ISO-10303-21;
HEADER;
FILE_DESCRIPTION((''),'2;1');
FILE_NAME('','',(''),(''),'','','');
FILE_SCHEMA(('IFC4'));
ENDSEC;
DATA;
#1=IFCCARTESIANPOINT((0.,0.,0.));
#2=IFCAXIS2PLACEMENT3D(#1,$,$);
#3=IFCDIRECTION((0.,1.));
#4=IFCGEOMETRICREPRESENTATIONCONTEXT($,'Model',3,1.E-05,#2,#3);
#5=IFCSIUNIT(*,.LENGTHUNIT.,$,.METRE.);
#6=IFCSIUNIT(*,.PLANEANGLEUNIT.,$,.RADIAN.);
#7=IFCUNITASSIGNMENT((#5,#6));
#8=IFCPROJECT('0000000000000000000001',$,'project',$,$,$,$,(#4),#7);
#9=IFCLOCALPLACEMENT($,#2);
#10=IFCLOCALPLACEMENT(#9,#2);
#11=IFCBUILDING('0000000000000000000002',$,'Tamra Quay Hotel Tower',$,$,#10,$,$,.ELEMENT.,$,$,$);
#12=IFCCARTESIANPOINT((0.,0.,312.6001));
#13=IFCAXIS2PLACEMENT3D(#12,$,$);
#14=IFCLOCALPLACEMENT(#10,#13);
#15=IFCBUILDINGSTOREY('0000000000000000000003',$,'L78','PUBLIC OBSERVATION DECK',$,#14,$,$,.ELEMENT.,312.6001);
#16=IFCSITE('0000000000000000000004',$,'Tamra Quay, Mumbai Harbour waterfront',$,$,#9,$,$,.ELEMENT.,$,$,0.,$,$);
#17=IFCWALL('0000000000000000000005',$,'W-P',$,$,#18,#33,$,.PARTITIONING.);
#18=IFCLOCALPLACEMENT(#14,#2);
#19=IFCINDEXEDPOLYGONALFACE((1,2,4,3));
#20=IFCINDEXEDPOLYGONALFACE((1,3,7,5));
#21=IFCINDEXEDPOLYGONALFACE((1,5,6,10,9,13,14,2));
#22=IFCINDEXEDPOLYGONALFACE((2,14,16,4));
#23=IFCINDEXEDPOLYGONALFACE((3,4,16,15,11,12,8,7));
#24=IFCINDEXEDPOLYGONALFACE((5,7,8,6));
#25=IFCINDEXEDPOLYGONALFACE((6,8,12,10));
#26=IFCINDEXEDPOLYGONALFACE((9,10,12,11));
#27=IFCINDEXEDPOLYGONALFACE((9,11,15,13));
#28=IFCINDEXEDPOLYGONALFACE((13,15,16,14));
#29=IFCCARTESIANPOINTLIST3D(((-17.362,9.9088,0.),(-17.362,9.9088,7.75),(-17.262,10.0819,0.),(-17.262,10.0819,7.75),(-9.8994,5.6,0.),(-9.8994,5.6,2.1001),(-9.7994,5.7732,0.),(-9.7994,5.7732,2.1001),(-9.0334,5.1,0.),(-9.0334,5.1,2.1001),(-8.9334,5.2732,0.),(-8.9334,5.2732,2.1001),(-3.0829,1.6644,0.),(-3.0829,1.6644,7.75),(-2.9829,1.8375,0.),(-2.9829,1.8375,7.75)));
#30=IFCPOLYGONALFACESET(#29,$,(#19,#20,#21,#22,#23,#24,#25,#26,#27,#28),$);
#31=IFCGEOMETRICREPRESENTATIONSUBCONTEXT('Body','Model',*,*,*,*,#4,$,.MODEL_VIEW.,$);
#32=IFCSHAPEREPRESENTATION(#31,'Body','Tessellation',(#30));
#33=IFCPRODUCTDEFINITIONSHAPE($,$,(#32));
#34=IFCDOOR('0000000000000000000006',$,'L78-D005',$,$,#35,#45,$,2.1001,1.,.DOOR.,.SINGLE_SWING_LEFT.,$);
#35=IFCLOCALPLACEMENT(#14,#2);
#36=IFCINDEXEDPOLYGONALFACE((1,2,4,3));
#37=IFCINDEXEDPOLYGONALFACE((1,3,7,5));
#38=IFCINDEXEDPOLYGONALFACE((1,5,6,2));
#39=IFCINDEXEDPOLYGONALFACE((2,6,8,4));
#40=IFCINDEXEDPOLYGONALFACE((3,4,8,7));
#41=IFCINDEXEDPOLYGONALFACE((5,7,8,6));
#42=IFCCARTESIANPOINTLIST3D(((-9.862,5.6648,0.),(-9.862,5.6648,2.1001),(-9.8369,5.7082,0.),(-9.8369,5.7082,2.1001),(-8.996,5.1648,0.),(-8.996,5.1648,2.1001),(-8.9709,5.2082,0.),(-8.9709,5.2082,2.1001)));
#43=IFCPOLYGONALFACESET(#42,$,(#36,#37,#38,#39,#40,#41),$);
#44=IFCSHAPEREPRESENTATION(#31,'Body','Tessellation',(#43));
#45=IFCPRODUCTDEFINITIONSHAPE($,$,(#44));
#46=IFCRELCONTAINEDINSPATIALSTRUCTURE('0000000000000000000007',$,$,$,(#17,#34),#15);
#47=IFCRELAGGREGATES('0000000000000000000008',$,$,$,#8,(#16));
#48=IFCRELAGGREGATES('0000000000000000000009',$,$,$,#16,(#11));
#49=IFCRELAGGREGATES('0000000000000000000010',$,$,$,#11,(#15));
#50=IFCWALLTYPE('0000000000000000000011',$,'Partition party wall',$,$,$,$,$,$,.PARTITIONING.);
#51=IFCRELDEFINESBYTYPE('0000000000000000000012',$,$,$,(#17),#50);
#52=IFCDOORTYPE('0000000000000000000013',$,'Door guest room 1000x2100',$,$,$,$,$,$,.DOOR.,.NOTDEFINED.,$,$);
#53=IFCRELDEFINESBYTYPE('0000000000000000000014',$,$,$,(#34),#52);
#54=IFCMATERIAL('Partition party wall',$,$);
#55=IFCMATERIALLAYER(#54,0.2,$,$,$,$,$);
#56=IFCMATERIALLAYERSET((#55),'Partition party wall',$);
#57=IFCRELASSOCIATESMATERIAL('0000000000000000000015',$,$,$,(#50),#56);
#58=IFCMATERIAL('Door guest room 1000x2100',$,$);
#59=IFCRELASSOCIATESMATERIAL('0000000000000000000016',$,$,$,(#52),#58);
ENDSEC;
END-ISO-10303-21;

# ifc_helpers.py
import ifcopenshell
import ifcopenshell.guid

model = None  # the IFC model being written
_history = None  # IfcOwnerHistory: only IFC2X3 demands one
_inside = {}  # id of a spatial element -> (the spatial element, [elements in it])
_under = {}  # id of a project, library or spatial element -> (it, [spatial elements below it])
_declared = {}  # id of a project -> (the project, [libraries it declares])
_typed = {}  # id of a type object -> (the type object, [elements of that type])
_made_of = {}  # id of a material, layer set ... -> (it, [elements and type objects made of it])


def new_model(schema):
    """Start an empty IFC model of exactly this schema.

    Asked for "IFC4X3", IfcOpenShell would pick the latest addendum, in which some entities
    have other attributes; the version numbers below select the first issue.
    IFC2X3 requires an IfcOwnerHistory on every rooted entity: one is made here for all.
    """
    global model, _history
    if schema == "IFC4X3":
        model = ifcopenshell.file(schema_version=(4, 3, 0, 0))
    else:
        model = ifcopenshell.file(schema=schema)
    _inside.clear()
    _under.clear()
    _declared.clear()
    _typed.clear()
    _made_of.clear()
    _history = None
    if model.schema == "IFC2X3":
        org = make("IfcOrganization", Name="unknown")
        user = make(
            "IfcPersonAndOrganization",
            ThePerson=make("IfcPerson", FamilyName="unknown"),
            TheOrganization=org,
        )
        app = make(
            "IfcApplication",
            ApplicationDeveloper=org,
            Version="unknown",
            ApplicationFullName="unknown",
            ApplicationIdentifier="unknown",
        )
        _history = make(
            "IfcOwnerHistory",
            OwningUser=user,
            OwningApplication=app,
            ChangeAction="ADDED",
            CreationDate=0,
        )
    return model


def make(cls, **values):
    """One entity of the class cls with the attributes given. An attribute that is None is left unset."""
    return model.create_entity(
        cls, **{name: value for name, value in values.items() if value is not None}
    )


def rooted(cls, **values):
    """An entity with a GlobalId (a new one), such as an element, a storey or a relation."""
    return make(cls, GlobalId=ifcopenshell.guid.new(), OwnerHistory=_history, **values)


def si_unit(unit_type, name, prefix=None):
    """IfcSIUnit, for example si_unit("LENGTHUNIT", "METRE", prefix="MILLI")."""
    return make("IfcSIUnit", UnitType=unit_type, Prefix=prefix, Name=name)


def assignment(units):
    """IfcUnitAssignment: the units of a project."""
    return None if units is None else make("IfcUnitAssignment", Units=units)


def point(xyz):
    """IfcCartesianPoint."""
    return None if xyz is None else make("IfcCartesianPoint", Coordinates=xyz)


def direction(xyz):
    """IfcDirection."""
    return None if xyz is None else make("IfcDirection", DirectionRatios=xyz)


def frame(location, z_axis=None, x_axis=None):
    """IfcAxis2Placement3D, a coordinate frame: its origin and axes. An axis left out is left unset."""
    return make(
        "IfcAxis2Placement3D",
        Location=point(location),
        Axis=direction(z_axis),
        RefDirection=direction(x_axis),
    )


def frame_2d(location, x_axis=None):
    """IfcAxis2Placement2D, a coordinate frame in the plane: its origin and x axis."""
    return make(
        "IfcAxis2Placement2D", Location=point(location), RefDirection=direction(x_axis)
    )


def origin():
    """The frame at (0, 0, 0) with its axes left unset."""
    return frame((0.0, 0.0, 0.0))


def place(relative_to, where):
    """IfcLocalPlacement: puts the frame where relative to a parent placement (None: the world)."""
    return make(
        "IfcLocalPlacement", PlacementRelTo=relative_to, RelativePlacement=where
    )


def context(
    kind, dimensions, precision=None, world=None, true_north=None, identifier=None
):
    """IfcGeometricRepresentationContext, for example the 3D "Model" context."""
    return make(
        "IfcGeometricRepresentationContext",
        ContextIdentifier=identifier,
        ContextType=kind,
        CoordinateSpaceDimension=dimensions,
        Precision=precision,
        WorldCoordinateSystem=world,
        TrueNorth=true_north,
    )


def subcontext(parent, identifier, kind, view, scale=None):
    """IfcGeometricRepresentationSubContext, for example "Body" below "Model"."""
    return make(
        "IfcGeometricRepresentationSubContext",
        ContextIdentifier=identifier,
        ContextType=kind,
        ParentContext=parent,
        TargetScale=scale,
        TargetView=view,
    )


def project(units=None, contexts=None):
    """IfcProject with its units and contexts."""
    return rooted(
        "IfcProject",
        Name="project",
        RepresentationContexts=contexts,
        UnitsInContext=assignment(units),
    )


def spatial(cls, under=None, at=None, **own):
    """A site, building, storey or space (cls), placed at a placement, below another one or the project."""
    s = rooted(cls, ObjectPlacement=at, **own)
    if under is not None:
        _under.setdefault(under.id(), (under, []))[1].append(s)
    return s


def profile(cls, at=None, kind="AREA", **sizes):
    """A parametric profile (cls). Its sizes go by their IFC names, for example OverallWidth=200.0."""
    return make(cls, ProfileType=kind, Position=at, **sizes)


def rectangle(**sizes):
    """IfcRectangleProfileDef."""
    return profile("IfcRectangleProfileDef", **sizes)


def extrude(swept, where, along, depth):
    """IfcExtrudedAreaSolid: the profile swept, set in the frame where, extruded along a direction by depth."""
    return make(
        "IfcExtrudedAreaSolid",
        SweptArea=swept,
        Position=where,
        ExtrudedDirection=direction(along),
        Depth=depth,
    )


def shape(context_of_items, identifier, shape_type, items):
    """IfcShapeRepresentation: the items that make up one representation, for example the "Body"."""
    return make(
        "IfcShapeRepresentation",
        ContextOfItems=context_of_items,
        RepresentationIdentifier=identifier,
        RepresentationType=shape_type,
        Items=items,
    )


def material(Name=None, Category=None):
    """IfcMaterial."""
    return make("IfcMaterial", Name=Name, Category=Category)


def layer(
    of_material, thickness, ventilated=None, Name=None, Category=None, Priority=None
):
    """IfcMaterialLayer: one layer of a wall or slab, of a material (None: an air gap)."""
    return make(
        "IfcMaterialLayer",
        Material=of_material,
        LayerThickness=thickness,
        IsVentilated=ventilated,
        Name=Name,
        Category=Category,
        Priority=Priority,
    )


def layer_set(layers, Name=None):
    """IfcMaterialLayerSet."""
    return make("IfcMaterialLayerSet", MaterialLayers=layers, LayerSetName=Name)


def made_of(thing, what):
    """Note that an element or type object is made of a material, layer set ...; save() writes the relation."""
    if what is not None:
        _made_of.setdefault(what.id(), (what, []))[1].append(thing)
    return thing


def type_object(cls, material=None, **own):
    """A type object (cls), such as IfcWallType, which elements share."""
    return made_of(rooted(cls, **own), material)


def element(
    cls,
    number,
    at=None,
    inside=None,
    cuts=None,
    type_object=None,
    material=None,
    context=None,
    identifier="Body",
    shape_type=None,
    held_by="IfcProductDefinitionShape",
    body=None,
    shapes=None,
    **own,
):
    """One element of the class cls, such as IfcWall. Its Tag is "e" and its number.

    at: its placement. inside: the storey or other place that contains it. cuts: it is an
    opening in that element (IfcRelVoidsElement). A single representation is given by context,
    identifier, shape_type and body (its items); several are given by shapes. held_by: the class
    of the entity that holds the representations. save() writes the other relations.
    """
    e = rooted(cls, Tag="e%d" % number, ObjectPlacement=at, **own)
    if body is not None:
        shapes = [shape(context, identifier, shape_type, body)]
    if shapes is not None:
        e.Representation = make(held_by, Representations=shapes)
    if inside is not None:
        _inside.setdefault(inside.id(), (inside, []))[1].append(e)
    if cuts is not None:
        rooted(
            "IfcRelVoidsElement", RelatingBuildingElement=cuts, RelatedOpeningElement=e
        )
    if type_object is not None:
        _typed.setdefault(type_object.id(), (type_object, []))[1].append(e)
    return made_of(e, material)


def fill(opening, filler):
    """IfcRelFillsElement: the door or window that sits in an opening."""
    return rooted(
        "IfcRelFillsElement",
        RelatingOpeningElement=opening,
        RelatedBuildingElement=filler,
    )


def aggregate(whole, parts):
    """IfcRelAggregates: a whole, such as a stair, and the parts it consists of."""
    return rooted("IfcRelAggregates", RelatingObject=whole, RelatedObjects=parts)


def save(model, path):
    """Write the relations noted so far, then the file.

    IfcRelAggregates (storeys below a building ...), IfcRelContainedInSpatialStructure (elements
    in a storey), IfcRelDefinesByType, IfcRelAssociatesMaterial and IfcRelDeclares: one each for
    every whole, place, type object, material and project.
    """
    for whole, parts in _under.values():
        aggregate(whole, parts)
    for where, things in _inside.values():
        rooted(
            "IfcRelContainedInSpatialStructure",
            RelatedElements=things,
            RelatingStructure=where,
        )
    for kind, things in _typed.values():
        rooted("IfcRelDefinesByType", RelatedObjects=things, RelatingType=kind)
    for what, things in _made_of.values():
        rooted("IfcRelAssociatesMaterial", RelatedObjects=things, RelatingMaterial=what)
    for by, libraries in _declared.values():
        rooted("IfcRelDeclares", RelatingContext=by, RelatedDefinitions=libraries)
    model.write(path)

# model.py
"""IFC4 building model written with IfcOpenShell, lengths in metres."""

from ifc_helpers import new_model, si_unit, direction, frame, frame_2d, origin, place, context, subcontext, project, spatial, rectangle, extrude, material, layer, layer_set, type_object, element, fill, save


model = new_model("IFC4")

# Units and contexts
model_context = context("Model", 3, precision=1e-05, world=origin(), true_north=direction((0.0, 1.0)))
body_context = subcontext(model_context, "Body", "Model", "MODEL_VIEW")
ifc_project = project(units=[si_unit("LENGTHUNIT", "METRE"), si_unit("PLANEANGLEUNIT", "RADIAN")], contexts=[model_context])

# Site, building, storey
site_placement = place(None, origin())
site = spatial("IfcSite", under=ifc_project, at=site_placement, Name="Tamra Quay, Mumbai Harbour waterfront", CompositionType="ELEMENT", RefElevation=0.0)
building_placement = place(site_placement, origin())
building = spatial("IfcBuilding", under=site, at=building_placement, Name="Tamra Quay Hotel Tower", CompositionType="ELEMENT")
storey_placement = place(building_placement, frame((0.0, 0.0, 312.6001)))
storey = spatial("IfcBuildingStorey", under=building, at=storey_placement, Name="L78", Description="PUBLIC OBSERVATION DECK", CompositionType="ELEMENT", Elevation=312.6001)

# Wall, opening, door
ifc_material_1 = material(Name="Partition party wall")
ifc_layer_1 = layer(ifc_material_1, 0.2)
ifc_layer_set_1 = layer_set([ifc_layer_1], Name="Partition party wall")
wall_type_1 = type_object("IfcWallType", Name="Partition party wall", PredefinedType="PARTITIONING", material=ifc_layer_set_1)
wall_1_placement = place(storey_placement, frame((-17.312, 9.9954, 0.0), z_axis=(0.0, 0.0, 1.0), x_axis=(0.866016, -0.500017, 0.0)))
wall_1 = element("IfcWall", 1, at=wall_1_placement, inside=storey, type_object=wall_type_1, Name="W-P", PredefinedType="PARTITIONING", context=body_context, shape_type="SweptSolid", body=[
    extrude(rectangle(XDim=16.4883, YDim=0.2, at=frame_2d((8.2441, 0.0))), origin(), (0.0, 0.0, 1.0), 7.75),
])
opening_placement = place(wall_1_placement, frame((8.6172, 0.0, 0.0)))
opening = element("IfcOpeningElement", 2, at=opening_placement, cuts=wall_1, PredefinedType="OPENING", context=body_context, shape_type="SweptSolid", body=[
    extrude(rectangle(XDim=1.0, YDim=2.1001, at=frame_2d((0.5, 1.05))), frame((0.0, 0.1099, 0.0), z_axis=(0.0, -1.0, 0.0), x_axis=(1.0, 0.0, 0.0)), (0.0, 0.0, 1.0), 0.22),
])
ifc_material_2 = material(Name="Door guest room 1000x2100")
door_type = type_object("IfcDoorType", Name="Door guest room 1000x2100", OperationType="NOTDEFINED", PredefinedType="DOOR", material=ifc_material_2)
door_placement = place(opening_placement, origin())
door = element("IfcDoor", 3, at=door_placement, inside=storey, type_object=door_type, Name="L78-D005", OperationType="SINGLE_SWING_LEFT", OverallHeight=2.1001, OverallWidth=1.0, PredefinedType="DOOR", context=body_context, shape_type="SweptSolid", body=[
    extrude(rectangle(XDim=1.0, YDim=2.1001, at=frame_2d((0.5, 1.05))), frame((0.0, 0.0249, 0.0), z_axis=(0.0, -1.0, 0.0), x_axis=(1.0, 0.0, 0.0)), (0.0, 0.0, 1.0), 0.05),
])
fill(opening, door)

save(model, "model.ifc")
